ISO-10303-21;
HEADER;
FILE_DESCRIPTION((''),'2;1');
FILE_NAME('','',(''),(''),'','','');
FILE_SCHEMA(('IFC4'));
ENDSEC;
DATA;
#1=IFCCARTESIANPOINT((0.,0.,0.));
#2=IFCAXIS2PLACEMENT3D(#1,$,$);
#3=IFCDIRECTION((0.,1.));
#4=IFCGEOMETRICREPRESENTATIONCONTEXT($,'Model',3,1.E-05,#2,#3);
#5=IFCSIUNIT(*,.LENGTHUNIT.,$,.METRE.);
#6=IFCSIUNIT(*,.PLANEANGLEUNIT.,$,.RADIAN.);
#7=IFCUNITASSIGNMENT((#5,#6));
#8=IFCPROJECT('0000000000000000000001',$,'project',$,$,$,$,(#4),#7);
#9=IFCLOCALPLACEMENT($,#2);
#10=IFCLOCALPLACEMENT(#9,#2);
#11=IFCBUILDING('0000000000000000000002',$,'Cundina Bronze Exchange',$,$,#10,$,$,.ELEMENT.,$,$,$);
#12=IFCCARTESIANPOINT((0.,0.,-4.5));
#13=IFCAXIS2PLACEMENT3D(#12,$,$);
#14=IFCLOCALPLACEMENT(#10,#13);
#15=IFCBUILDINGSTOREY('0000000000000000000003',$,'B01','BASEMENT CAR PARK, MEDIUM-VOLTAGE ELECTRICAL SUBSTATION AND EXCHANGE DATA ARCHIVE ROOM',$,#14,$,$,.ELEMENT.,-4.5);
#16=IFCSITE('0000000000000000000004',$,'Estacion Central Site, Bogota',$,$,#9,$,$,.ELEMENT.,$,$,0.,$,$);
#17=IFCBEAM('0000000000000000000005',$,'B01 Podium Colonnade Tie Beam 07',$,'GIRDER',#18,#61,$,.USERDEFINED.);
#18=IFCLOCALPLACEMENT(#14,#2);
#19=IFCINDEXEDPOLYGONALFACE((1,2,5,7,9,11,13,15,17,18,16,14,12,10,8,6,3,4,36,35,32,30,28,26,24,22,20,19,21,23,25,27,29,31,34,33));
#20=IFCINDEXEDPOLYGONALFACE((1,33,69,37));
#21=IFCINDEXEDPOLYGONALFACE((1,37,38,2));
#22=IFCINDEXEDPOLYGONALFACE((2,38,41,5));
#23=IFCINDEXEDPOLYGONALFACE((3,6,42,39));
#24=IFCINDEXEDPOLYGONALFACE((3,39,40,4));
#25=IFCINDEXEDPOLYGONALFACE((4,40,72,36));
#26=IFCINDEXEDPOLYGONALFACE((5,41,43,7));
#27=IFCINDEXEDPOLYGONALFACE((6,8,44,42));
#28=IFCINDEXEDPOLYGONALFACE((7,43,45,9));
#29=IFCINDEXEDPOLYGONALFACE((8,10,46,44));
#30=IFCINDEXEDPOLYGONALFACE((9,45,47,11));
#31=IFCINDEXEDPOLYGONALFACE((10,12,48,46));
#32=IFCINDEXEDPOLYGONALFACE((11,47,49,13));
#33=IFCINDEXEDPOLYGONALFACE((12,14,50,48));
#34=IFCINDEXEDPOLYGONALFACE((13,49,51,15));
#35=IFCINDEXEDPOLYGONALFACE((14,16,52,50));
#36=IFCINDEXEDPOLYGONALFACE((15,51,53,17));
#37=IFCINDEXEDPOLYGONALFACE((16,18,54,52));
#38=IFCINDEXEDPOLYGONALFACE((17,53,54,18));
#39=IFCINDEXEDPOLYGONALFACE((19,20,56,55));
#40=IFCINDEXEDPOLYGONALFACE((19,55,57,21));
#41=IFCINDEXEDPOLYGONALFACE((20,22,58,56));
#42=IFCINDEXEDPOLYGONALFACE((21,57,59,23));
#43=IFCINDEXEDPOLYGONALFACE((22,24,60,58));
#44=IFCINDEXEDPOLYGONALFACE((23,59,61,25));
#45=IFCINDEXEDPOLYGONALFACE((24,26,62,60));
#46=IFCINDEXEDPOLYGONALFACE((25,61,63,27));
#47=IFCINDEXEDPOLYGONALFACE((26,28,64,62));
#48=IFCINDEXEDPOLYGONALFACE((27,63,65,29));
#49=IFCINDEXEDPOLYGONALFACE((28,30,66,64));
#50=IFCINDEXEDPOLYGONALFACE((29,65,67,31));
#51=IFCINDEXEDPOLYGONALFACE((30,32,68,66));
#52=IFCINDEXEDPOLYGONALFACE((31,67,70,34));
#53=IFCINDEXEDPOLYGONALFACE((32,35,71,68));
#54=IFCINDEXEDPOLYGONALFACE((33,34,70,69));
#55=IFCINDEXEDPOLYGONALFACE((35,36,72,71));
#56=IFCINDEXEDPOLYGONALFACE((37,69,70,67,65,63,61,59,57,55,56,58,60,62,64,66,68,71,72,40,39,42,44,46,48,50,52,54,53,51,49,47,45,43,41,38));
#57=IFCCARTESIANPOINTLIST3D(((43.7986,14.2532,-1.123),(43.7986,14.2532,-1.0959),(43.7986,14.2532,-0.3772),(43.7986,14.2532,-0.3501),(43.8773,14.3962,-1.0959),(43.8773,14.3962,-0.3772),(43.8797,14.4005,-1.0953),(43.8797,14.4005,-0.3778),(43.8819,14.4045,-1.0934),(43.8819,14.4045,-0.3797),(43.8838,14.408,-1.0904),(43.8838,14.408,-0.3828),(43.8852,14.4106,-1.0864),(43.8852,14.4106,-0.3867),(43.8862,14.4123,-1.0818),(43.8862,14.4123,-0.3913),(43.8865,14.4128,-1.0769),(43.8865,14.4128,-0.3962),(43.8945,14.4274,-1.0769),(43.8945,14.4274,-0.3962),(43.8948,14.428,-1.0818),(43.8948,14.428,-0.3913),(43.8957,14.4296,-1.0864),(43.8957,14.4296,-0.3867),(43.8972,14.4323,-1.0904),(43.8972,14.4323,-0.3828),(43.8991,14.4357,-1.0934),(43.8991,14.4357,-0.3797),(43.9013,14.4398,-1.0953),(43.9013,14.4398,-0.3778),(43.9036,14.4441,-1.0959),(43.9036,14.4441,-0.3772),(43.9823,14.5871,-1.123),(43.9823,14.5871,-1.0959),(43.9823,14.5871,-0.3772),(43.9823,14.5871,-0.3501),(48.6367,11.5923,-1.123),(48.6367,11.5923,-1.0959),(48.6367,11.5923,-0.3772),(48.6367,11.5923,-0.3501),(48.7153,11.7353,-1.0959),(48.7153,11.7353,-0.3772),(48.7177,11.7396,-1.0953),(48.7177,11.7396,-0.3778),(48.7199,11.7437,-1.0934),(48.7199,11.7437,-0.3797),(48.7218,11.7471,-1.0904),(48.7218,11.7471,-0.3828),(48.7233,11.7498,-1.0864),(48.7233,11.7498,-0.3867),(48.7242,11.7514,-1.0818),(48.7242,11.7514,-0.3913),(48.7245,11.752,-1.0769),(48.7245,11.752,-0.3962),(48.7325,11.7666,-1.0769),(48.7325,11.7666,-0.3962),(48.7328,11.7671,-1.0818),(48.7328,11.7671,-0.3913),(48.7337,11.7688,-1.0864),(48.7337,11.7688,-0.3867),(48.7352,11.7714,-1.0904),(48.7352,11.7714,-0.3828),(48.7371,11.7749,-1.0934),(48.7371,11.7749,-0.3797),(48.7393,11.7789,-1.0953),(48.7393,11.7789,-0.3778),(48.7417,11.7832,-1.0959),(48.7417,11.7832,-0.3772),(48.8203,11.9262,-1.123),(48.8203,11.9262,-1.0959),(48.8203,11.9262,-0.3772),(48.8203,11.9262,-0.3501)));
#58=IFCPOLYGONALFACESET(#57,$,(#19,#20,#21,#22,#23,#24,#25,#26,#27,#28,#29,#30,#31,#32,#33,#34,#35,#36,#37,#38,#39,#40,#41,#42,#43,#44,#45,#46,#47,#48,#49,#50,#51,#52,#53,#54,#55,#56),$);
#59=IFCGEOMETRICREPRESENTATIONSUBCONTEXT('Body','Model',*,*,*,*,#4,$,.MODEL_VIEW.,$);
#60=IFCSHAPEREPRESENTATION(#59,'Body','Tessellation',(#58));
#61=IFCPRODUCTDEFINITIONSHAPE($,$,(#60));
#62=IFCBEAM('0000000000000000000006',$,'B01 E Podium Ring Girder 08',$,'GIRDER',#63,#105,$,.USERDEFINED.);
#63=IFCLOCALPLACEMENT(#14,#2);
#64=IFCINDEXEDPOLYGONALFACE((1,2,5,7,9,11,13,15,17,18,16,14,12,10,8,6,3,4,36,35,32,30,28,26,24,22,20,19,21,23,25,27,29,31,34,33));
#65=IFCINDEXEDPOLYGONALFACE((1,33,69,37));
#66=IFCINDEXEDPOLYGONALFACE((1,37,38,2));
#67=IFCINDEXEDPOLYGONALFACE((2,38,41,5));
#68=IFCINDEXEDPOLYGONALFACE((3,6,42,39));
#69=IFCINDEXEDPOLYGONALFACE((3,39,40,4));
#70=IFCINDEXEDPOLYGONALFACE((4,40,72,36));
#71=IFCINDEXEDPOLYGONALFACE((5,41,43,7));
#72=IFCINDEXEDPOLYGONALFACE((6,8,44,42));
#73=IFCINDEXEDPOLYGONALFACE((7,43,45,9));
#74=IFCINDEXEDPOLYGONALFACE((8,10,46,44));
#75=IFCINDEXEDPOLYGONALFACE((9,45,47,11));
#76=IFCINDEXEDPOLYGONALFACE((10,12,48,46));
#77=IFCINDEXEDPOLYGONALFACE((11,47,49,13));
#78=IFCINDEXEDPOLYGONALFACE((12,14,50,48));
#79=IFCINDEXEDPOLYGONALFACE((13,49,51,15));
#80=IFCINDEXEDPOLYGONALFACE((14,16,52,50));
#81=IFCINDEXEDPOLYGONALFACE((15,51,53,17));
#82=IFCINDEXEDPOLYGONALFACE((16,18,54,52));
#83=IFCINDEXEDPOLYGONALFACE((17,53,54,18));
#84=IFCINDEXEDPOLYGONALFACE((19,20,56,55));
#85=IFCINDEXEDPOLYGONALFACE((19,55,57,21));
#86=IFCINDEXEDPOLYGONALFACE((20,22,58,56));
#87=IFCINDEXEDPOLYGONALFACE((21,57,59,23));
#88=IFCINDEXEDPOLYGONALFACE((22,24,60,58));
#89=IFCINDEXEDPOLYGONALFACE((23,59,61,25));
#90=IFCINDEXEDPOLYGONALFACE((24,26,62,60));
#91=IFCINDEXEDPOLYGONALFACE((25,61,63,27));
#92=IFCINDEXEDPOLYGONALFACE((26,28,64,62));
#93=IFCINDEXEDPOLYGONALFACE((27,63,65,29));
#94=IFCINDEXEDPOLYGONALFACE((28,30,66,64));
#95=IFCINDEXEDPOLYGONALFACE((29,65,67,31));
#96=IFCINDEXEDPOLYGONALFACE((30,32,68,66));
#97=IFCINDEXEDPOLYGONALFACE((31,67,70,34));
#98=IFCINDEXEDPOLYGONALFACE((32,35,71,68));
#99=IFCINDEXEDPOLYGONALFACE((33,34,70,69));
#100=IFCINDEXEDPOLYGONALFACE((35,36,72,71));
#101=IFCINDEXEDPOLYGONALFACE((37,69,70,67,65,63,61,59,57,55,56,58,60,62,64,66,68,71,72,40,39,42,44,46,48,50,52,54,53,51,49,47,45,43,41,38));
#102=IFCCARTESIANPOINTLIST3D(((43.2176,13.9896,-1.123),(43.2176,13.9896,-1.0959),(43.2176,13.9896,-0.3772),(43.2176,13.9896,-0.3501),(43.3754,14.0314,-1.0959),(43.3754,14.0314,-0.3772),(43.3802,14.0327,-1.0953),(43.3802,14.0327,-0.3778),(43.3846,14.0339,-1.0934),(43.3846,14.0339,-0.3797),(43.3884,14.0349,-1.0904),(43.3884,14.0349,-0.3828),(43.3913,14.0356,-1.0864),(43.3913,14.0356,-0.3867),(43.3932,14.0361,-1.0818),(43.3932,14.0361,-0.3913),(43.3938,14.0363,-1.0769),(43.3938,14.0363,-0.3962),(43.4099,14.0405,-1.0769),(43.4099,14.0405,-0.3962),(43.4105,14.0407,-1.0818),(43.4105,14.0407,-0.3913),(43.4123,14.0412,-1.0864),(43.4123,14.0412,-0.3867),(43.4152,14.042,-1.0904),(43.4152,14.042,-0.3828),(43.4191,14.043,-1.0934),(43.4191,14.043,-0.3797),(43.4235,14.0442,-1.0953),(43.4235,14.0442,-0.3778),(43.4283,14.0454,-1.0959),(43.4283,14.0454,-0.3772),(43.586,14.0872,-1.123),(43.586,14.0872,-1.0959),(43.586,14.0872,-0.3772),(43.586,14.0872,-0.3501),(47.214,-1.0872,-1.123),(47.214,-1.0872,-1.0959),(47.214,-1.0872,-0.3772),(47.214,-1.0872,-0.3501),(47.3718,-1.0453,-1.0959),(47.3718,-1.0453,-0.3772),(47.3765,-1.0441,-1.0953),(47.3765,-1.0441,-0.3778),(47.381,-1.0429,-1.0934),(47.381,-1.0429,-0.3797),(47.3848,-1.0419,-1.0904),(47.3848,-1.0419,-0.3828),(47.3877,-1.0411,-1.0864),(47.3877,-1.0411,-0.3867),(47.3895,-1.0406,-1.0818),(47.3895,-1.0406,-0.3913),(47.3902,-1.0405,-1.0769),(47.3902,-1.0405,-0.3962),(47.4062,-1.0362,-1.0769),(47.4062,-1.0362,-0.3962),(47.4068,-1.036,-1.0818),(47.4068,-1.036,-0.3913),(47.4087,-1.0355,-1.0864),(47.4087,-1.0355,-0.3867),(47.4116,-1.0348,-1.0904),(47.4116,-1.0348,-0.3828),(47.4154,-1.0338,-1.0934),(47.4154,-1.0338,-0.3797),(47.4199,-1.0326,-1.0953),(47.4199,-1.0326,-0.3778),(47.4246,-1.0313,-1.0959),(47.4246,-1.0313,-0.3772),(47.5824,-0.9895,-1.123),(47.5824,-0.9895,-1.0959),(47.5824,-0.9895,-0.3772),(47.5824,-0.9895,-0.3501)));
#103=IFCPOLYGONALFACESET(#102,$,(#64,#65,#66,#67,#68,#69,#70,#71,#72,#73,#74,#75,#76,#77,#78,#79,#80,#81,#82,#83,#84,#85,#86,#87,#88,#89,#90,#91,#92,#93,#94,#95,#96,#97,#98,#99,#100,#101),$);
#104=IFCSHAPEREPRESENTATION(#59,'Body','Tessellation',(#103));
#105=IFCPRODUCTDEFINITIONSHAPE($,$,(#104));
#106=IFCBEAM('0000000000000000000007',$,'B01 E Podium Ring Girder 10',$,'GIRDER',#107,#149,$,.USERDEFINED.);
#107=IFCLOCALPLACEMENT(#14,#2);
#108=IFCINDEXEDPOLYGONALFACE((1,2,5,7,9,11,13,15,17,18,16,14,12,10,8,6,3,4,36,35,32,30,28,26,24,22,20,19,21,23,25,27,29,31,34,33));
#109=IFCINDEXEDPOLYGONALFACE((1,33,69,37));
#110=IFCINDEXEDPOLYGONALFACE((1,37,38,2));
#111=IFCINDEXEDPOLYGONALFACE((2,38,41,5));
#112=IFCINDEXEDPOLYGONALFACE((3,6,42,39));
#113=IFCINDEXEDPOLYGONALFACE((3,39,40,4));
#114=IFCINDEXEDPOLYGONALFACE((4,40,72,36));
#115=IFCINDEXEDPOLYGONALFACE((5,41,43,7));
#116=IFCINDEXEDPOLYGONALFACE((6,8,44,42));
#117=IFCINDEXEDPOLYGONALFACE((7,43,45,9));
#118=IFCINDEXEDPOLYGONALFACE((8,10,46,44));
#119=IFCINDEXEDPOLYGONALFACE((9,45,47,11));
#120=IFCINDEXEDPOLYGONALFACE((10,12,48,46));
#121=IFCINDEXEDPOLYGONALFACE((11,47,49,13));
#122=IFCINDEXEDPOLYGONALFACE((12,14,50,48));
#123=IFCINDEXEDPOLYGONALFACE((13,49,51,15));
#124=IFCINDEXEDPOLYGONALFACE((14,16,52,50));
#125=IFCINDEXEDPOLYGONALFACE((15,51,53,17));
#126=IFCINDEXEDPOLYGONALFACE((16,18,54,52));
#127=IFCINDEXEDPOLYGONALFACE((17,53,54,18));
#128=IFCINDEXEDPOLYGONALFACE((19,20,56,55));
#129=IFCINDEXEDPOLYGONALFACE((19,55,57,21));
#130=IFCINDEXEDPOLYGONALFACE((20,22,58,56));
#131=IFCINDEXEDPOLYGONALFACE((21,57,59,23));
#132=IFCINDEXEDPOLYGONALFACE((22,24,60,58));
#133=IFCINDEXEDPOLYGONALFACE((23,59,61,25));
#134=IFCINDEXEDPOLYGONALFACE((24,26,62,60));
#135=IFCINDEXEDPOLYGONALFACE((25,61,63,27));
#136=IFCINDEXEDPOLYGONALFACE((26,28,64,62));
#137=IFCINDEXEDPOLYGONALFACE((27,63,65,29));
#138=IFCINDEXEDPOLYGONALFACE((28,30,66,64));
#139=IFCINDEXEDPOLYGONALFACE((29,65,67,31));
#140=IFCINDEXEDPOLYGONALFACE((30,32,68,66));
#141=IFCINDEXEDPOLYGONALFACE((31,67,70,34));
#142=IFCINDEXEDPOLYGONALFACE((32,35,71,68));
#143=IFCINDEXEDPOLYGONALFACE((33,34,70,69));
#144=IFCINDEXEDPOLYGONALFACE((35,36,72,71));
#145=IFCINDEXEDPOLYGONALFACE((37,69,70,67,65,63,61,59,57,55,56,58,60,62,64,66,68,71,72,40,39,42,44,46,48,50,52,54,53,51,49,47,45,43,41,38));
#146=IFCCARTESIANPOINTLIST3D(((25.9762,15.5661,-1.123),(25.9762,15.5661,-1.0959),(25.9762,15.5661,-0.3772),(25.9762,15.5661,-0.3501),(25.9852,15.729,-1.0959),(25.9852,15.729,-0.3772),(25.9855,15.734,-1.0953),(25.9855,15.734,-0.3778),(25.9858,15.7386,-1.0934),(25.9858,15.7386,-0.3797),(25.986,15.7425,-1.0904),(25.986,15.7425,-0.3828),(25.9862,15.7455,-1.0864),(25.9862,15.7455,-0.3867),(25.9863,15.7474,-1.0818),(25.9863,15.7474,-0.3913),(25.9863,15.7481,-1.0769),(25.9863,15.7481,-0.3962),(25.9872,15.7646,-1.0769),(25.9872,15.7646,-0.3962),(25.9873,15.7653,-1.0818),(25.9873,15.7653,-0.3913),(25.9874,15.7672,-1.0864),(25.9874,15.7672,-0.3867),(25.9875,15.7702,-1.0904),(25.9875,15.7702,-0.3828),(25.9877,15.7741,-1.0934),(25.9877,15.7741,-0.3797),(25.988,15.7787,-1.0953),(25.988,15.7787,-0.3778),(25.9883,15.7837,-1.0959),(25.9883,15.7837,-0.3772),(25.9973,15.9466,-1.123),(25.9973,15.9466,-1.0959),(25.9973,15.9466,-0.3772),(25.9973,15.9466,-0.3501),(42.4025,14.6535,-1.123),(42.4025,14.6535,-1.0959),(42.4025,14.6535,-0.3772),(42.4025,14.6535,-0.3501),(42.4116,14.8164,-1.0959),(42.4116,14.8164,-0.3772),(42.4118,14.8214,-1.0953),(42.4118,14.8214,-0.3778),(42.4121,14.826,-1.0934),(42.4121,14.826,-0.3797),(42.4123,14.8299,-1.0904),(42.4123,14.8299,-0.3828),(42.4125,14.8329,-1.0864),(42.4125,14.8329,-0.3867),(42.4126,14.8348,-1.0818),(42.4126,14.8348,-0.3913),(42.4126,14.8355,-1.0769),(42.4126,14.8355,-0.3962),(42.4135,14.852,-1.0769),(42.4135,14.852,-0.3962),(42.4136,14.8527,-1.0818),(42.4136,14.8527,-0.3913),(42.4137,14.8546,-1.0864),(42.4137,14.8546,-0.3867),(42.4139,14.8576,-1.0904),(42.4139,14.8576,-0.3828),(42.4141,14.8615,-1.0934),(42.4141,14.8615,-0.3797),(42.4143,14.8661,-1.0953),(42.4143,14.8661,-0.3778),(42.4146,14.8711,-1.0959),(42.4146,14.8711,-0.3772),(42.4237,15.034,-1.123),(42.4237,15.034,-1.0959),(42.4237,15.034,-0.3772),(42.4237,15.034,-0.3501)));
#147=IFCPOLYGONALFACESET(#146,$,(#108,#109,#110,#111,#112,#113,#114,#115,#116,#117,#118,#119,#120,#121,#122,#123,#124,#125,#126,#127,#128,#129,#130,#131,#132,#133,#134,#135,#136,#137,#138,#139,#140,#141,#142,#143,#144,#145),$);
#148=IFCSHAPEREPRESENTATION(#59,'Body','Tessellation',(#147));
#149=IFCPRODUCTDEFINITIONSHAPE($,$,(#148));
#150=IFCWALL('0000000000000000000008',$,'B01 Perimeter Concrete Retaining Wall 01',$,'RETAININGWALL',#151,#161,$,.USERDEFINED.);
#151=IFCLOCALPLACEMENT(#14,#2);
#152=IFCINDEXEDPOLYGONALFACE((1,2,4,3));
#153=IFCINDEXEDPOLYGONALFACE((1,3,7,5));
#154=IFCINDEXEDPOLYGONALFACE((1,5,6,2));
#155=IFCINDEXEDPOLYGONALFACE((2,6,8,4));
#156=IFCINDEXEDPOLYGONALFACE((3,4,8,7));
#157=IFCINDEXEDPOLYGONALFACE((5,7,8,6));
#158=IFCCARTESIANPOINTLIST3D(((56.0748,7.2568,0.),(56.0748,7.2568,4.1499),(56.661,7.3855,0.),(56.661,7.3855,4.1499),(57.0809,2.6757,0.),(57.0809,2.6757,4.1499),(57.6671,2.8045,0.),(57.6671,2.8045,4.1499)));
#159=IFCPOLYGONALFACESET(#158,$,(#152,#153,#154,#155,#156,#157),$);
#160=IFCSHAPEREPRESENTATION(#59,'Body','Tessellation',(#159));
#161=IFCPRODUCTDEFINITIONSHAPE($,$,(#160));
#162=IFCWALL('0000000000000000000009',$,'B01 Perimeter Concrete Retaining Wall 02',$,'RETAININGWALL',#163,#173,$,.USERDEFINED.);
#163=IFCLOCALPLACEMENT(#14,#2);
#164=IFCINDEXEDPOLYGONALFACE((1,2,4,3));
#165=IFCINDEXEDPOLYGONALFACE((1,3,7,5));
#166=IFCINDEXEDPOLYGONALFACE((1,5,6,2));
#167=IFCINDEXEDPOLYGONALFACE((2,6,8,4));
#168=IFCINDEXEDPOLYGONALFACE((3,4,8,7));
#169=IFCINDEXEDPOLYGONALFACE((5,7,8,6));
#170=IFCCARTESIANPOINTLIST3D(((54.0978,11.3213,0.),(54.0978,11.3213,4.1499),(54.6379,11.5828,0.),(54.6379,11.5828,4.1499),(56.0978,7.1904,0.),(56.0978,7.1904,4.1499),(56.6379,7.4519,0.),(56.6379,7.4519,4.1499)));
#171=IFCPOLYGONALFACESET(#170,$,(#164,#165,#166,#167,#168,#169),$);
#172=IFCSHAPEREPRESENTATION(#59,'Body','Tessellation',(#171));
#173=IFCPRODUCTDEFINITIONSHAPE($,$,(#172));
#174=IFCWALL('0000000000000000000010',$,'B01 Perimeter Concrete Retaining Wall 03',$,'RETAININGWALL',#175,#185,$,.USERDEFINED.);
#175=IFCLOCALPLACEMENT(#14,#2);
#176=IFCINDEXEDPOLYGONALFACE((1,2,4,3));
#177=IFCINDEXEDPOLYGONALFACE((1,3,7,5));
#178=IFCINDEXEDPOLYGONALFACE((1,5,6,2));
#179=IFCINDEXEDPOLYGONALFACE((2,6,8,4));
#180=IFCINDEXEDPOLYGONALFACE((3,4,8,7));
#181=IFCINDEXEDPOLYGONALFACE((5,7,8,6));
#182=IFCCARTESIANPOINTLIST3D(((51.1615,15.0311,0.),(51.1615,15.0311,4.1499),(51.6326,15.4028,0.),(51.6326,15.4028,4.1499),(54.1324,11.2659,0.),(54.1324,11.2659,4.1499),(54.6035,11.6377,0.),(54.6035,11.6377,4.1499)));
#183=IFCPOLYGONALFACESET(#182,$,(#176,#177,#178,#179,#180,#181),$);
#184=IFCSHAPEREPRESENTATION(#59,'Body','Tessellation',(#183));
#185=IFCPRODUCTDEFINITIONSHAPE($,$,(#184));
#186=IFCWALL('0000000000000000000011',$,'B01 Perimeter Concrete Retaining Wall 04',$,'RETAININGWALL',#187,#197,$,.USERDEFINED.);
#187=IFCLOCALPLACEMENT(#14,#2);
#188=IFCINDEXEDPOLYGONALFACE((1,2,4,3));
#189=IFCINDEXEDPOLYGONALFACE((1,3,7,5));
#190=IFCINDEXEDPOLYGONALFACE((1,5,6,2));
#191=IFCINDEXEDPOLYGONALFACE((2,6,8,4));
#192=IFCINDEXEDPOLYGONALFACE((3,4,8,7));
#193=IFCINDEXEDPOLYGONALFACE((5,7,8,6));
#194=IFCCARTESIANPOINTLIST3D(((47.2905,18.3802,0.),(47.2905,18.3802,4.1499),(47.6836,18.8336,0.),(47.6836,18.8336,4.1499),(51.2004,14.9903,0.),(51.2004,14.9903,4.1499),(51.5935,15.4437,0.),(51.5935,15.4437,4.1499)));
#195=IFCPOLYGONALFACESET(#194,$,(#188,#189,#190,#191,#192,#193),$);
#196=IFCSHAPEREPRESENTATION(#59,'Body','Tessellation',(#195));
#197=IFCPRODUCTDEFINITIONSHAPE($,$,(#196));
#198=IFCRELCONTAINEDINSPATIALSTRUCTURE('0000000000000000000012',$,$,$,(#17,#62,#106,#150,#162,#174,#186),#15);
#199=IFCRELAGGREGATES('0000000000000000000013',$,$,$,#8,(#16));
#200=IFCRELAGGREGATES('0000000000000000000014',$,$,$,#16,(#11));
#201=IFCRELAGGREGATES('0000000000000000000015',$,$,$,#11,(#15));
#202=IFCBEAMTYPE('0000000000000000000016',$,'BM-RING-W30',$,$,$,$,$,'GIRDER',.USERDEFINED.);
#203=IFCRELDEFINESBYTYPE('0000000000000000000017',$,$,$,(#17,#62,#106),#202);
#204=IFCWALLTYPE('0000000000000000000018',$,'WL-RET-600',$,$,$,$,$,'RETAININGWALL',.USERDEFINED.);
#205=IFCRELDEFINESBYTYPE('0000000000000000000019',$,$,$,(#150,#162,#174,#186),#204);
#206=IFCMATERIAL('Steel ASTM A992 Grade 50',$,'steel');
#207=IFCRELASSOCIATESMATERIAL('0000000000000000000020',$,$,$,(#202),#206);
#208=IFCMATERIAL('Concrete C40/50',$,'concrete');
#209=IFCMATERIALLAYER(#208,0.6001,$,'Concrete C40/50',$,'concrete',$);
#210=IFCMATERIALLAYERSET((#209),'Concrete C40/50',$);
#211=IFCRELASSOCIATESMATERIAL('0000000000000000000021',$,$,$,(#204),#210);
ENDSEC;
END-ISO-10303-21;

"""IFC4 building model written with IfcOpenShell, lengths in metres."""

from ifc_helpers import new_model, si_unit, direction, frame, frame_2d, origin, origin_2d, place, context, subcontext, project, spatial, rectangle, i_section, extrude, material, layer, layer_set, material_profile, profile_set, type_object, element, save


model = new_model("IFC4")

# Units and contexts
model_context = context("Model", 3, precision=1e-05, world=origin(), true_north=direction((0.0, 1.0)))
body_context = subcontext(model_context, "Body", "Model", "MODEL_VIEW")
ifc_project = project(units=[si_unit("LENGTHUNIT", "METRE"), si_unit("PLANEANGLEUNIT", "RADIAN")], contexts=[model_context])

# Site, building, storey
site_placement = place(None, origin())
site = spatial("IfcSite", under=ifc_project, at=site_placement, Name="Estacion Central Site, Bogota", CompositionType="ELEMENT", RefElevation=0.0)
building_placement = place(site_placement, origin())
building = spatial("IfcBuilding", under=site, at=building_placement, Name="Cundina Bronze Exchange", CompositionType="ELEMENT")
storey_placement = place(building_placement, frame((0.0, 0.0, -4.5)))
storey = spatial("IfcBuildingStorey", under=building, at=storey_placement, Name="B01", Description="BASEMENT CAR PARK, MEDIUM-VOLTAGE ELECTRICAL SUBSTATION AND EXCHANGE DATA ARCHIVE ROOM", CompositionType="ELEMENT", Elevation=-4.5)

# Beams
ifc_material_1 = material(Name="Steel ASTM A992 Grade 50", Category="steel")
ifc_material_profile_1 = material_profile(ifc_material_1, i_section(OverallWidth=0.3811, OverallDepth=0.7729, WebThickness=0.0166, FlangeThickness=0.0271, FilletRadius=0.019, at=origin_2d()), Name="W30X173", Category="steel")
ifc_profile_set_1 = profile_set([ifc_material_profile_1], Name="Steel ASTM A992 Grade 50")
beam_type_1 = type_object("IfcBeamType", Name="BM-RING-W30", ElementType="GIRDER", PredefinedType="USERDEFINED", material=ifc_profile_set_1)
beam_1_placement = place(storey_placement, frame((48.7285, 11.7593, -0.7366), z_axis=(-0.876222, 0.481907, 0.0), x_axis=(-0.481907, -0.876222, 0.0)))
element("IfcBeam", 1, at=beam_1_placement, inside=storey, type_object=beam_type_1, Name="B01 Podium Colonnade Tie Beam 07", ObjectType="GIRDER", PredefinedType="USERDEFINED", context=body_context, shape_type="SweptSolid", body=[
    extrude(i_section(OverallWidth=0.3811, OverallDepth=0.7729, WebThickness=0.0166, FlangeThickness=0.0271, FilletRadius=0.019, at=origin_2d()), origin(), (0.0, 0.0, 1.0), 5.5215),
])
beam_2_placement = place(storey_placement, frame((47.3982, -1.0383, -0.7366), z_axis=(-0.25622, 0.966619, 0.0), x_axis=(-0.966619, -0.25622, 0.0)))
element("IfcBeam", 2, at=beam_2_placement, inside=storey, type_object=beam_type_1, Name="B01 E Podium Ring Girder 08", ObjectType="GIRDER", PredefinedType="USERDEFINED", context=body_context, shape_type="SweptSolid", body=[
    extrude(i_section(OverallWidth=0.3811, OverallDepth=0.7729, WebThickness=0.0166, FlangeThickness=0.0271, FilletRadius=0.019, at=origin_2d()), origin(), (0.0, 0.0, 1.0), 15.5974),
])
beam_3_placement = place(storey_placement, frame((42.4131, 14.8438, -0.7366), z_axis=(-0.99846, 0.055472, 0.0), x_axis=(-0.055472, -0.99846, 0.0)))
element("IfcBeam", 3, at=beam_3_placement, inside=storey, type_object=beam_type_1, Name="B01 E Podium Ring Girder 10", ObjectType="GIRDER", PredefinedType="USERDEFINED", context=body_context, shape_type="SweptSolid", body=[
    extrude(i_section(OverallWidth=0.3811, OverallDepth=0.7729, WebThickness=0.0166, FlangeThickness=0.0271, FilletRadius=0.019, at=origin_2d()), origin(), (0.0, 0.0, 1.0), 16.4517),
])

# Walls
ifc_material_2 = material(Name="Concrete C40/50", Category="concrete")
ifc_layer = layer(ifc_material_2, 0.6001, Name="Concrete C40/50", Category="concrete")
ifc_layer_set = layer_set([ifc_layer], Name="Concrete C40/50")
wall_type = type_object("IfcWallType", Name="WL-RET-600", ElementType="RETAININGWALL", PredefinedType="USERDEFINED", material=ifc_layer_set)
wall_1_placement = place(storey_placement, frame((57.374, 2.74, 0.0), z_axis=(0.0, 0.0, 1.0), x_axis=(-0.21451, 0.976722, 0.0)))
element("IfcWall", 4, at=wall_1_placement, inside=storey, type_object=wall_type, Name="B01 Perimeter Concrete Retaining Wall 01", ObjectType="RETAININGWALL", PredefinedType="USERDEFINED", context=body_context, shape_type="SweptSolid", body=[
    extrude(rectangle(XDim=4.6902, YDim=0.6001, at=frame_2d((2.3452, 0.0))), origin(), (0.0, 0.0, 1.0), 4.1499),
])
wall_2_placement = place(storey_placement, frame((56.3679, 7.321, 0.0), z_axis=(0.0, 0.0, 1.0), x_axis=(-0.435772, 0.900057, 0.0)))
element("IfcWall", 5, at=wall_2_placement, inside=storey, type_object=wall_type, Name="B01 Perimeter Concrete Retaining Wall 02", ObjectType="RETAININGWALL", PredefinedType="USERDEFINED", context=body_context, shape_type="SweptSolid", body=[
    extrude(rectangle(XDim=4.5896, YDim=0.6001, at=frame_2d((2.2949, 0.0))), origin(), (0.0, 0.0, 1.0), 4.1499),
])
wall_3_placement = place(storey_placement, frame((54.3679, 11.4519, 0.0), z_axis=(0.0, 0.0, 1.0), x_axis=(-0.619448, 0.785038, 0.0)))
element("IfcWall", 6, at=wall_3_placement, inside=storey, type_object=wall_type, Name="B01 Perimeter Concrete Retaining Wall 03", ObjectType="RETAININGWALL", PredefinedType="USERDEFINED", context=body_context, shape_type="SweptSolid", body=[
    extrude(rectangle(XDim=4.7961, YDim=0.6001, at=frame_2d((2.3979, 0.0))), origin(), (0.0, 0.0, 1.0), 4.1499),
])
wall_4_placement = place(storey_placement, frame((51.397, 15.217, 0.0), z_axis=(0.0, 0.0, 1.0), x_axis=(-0.755565, 0.655074, 0.0)))
element("IfcWall", 7, at=wall_4_placement, inside=storey, type_object=wall_type, Name="B01 Perimeter Concrete Retaining Wall 04", ObjectType="RETAININGWALL", PredefinedType="USERDEFINED", context=body_context, shape_type="SweptSolid", body=[
    extrude(rectangle(XDim=5.1748, YDim=0.6001, at=frame_2d((2.5874, 0.0))), origin(), (0.0, 0.0, 1.0), 4.1499),
])

save(model, "model.ifc")
